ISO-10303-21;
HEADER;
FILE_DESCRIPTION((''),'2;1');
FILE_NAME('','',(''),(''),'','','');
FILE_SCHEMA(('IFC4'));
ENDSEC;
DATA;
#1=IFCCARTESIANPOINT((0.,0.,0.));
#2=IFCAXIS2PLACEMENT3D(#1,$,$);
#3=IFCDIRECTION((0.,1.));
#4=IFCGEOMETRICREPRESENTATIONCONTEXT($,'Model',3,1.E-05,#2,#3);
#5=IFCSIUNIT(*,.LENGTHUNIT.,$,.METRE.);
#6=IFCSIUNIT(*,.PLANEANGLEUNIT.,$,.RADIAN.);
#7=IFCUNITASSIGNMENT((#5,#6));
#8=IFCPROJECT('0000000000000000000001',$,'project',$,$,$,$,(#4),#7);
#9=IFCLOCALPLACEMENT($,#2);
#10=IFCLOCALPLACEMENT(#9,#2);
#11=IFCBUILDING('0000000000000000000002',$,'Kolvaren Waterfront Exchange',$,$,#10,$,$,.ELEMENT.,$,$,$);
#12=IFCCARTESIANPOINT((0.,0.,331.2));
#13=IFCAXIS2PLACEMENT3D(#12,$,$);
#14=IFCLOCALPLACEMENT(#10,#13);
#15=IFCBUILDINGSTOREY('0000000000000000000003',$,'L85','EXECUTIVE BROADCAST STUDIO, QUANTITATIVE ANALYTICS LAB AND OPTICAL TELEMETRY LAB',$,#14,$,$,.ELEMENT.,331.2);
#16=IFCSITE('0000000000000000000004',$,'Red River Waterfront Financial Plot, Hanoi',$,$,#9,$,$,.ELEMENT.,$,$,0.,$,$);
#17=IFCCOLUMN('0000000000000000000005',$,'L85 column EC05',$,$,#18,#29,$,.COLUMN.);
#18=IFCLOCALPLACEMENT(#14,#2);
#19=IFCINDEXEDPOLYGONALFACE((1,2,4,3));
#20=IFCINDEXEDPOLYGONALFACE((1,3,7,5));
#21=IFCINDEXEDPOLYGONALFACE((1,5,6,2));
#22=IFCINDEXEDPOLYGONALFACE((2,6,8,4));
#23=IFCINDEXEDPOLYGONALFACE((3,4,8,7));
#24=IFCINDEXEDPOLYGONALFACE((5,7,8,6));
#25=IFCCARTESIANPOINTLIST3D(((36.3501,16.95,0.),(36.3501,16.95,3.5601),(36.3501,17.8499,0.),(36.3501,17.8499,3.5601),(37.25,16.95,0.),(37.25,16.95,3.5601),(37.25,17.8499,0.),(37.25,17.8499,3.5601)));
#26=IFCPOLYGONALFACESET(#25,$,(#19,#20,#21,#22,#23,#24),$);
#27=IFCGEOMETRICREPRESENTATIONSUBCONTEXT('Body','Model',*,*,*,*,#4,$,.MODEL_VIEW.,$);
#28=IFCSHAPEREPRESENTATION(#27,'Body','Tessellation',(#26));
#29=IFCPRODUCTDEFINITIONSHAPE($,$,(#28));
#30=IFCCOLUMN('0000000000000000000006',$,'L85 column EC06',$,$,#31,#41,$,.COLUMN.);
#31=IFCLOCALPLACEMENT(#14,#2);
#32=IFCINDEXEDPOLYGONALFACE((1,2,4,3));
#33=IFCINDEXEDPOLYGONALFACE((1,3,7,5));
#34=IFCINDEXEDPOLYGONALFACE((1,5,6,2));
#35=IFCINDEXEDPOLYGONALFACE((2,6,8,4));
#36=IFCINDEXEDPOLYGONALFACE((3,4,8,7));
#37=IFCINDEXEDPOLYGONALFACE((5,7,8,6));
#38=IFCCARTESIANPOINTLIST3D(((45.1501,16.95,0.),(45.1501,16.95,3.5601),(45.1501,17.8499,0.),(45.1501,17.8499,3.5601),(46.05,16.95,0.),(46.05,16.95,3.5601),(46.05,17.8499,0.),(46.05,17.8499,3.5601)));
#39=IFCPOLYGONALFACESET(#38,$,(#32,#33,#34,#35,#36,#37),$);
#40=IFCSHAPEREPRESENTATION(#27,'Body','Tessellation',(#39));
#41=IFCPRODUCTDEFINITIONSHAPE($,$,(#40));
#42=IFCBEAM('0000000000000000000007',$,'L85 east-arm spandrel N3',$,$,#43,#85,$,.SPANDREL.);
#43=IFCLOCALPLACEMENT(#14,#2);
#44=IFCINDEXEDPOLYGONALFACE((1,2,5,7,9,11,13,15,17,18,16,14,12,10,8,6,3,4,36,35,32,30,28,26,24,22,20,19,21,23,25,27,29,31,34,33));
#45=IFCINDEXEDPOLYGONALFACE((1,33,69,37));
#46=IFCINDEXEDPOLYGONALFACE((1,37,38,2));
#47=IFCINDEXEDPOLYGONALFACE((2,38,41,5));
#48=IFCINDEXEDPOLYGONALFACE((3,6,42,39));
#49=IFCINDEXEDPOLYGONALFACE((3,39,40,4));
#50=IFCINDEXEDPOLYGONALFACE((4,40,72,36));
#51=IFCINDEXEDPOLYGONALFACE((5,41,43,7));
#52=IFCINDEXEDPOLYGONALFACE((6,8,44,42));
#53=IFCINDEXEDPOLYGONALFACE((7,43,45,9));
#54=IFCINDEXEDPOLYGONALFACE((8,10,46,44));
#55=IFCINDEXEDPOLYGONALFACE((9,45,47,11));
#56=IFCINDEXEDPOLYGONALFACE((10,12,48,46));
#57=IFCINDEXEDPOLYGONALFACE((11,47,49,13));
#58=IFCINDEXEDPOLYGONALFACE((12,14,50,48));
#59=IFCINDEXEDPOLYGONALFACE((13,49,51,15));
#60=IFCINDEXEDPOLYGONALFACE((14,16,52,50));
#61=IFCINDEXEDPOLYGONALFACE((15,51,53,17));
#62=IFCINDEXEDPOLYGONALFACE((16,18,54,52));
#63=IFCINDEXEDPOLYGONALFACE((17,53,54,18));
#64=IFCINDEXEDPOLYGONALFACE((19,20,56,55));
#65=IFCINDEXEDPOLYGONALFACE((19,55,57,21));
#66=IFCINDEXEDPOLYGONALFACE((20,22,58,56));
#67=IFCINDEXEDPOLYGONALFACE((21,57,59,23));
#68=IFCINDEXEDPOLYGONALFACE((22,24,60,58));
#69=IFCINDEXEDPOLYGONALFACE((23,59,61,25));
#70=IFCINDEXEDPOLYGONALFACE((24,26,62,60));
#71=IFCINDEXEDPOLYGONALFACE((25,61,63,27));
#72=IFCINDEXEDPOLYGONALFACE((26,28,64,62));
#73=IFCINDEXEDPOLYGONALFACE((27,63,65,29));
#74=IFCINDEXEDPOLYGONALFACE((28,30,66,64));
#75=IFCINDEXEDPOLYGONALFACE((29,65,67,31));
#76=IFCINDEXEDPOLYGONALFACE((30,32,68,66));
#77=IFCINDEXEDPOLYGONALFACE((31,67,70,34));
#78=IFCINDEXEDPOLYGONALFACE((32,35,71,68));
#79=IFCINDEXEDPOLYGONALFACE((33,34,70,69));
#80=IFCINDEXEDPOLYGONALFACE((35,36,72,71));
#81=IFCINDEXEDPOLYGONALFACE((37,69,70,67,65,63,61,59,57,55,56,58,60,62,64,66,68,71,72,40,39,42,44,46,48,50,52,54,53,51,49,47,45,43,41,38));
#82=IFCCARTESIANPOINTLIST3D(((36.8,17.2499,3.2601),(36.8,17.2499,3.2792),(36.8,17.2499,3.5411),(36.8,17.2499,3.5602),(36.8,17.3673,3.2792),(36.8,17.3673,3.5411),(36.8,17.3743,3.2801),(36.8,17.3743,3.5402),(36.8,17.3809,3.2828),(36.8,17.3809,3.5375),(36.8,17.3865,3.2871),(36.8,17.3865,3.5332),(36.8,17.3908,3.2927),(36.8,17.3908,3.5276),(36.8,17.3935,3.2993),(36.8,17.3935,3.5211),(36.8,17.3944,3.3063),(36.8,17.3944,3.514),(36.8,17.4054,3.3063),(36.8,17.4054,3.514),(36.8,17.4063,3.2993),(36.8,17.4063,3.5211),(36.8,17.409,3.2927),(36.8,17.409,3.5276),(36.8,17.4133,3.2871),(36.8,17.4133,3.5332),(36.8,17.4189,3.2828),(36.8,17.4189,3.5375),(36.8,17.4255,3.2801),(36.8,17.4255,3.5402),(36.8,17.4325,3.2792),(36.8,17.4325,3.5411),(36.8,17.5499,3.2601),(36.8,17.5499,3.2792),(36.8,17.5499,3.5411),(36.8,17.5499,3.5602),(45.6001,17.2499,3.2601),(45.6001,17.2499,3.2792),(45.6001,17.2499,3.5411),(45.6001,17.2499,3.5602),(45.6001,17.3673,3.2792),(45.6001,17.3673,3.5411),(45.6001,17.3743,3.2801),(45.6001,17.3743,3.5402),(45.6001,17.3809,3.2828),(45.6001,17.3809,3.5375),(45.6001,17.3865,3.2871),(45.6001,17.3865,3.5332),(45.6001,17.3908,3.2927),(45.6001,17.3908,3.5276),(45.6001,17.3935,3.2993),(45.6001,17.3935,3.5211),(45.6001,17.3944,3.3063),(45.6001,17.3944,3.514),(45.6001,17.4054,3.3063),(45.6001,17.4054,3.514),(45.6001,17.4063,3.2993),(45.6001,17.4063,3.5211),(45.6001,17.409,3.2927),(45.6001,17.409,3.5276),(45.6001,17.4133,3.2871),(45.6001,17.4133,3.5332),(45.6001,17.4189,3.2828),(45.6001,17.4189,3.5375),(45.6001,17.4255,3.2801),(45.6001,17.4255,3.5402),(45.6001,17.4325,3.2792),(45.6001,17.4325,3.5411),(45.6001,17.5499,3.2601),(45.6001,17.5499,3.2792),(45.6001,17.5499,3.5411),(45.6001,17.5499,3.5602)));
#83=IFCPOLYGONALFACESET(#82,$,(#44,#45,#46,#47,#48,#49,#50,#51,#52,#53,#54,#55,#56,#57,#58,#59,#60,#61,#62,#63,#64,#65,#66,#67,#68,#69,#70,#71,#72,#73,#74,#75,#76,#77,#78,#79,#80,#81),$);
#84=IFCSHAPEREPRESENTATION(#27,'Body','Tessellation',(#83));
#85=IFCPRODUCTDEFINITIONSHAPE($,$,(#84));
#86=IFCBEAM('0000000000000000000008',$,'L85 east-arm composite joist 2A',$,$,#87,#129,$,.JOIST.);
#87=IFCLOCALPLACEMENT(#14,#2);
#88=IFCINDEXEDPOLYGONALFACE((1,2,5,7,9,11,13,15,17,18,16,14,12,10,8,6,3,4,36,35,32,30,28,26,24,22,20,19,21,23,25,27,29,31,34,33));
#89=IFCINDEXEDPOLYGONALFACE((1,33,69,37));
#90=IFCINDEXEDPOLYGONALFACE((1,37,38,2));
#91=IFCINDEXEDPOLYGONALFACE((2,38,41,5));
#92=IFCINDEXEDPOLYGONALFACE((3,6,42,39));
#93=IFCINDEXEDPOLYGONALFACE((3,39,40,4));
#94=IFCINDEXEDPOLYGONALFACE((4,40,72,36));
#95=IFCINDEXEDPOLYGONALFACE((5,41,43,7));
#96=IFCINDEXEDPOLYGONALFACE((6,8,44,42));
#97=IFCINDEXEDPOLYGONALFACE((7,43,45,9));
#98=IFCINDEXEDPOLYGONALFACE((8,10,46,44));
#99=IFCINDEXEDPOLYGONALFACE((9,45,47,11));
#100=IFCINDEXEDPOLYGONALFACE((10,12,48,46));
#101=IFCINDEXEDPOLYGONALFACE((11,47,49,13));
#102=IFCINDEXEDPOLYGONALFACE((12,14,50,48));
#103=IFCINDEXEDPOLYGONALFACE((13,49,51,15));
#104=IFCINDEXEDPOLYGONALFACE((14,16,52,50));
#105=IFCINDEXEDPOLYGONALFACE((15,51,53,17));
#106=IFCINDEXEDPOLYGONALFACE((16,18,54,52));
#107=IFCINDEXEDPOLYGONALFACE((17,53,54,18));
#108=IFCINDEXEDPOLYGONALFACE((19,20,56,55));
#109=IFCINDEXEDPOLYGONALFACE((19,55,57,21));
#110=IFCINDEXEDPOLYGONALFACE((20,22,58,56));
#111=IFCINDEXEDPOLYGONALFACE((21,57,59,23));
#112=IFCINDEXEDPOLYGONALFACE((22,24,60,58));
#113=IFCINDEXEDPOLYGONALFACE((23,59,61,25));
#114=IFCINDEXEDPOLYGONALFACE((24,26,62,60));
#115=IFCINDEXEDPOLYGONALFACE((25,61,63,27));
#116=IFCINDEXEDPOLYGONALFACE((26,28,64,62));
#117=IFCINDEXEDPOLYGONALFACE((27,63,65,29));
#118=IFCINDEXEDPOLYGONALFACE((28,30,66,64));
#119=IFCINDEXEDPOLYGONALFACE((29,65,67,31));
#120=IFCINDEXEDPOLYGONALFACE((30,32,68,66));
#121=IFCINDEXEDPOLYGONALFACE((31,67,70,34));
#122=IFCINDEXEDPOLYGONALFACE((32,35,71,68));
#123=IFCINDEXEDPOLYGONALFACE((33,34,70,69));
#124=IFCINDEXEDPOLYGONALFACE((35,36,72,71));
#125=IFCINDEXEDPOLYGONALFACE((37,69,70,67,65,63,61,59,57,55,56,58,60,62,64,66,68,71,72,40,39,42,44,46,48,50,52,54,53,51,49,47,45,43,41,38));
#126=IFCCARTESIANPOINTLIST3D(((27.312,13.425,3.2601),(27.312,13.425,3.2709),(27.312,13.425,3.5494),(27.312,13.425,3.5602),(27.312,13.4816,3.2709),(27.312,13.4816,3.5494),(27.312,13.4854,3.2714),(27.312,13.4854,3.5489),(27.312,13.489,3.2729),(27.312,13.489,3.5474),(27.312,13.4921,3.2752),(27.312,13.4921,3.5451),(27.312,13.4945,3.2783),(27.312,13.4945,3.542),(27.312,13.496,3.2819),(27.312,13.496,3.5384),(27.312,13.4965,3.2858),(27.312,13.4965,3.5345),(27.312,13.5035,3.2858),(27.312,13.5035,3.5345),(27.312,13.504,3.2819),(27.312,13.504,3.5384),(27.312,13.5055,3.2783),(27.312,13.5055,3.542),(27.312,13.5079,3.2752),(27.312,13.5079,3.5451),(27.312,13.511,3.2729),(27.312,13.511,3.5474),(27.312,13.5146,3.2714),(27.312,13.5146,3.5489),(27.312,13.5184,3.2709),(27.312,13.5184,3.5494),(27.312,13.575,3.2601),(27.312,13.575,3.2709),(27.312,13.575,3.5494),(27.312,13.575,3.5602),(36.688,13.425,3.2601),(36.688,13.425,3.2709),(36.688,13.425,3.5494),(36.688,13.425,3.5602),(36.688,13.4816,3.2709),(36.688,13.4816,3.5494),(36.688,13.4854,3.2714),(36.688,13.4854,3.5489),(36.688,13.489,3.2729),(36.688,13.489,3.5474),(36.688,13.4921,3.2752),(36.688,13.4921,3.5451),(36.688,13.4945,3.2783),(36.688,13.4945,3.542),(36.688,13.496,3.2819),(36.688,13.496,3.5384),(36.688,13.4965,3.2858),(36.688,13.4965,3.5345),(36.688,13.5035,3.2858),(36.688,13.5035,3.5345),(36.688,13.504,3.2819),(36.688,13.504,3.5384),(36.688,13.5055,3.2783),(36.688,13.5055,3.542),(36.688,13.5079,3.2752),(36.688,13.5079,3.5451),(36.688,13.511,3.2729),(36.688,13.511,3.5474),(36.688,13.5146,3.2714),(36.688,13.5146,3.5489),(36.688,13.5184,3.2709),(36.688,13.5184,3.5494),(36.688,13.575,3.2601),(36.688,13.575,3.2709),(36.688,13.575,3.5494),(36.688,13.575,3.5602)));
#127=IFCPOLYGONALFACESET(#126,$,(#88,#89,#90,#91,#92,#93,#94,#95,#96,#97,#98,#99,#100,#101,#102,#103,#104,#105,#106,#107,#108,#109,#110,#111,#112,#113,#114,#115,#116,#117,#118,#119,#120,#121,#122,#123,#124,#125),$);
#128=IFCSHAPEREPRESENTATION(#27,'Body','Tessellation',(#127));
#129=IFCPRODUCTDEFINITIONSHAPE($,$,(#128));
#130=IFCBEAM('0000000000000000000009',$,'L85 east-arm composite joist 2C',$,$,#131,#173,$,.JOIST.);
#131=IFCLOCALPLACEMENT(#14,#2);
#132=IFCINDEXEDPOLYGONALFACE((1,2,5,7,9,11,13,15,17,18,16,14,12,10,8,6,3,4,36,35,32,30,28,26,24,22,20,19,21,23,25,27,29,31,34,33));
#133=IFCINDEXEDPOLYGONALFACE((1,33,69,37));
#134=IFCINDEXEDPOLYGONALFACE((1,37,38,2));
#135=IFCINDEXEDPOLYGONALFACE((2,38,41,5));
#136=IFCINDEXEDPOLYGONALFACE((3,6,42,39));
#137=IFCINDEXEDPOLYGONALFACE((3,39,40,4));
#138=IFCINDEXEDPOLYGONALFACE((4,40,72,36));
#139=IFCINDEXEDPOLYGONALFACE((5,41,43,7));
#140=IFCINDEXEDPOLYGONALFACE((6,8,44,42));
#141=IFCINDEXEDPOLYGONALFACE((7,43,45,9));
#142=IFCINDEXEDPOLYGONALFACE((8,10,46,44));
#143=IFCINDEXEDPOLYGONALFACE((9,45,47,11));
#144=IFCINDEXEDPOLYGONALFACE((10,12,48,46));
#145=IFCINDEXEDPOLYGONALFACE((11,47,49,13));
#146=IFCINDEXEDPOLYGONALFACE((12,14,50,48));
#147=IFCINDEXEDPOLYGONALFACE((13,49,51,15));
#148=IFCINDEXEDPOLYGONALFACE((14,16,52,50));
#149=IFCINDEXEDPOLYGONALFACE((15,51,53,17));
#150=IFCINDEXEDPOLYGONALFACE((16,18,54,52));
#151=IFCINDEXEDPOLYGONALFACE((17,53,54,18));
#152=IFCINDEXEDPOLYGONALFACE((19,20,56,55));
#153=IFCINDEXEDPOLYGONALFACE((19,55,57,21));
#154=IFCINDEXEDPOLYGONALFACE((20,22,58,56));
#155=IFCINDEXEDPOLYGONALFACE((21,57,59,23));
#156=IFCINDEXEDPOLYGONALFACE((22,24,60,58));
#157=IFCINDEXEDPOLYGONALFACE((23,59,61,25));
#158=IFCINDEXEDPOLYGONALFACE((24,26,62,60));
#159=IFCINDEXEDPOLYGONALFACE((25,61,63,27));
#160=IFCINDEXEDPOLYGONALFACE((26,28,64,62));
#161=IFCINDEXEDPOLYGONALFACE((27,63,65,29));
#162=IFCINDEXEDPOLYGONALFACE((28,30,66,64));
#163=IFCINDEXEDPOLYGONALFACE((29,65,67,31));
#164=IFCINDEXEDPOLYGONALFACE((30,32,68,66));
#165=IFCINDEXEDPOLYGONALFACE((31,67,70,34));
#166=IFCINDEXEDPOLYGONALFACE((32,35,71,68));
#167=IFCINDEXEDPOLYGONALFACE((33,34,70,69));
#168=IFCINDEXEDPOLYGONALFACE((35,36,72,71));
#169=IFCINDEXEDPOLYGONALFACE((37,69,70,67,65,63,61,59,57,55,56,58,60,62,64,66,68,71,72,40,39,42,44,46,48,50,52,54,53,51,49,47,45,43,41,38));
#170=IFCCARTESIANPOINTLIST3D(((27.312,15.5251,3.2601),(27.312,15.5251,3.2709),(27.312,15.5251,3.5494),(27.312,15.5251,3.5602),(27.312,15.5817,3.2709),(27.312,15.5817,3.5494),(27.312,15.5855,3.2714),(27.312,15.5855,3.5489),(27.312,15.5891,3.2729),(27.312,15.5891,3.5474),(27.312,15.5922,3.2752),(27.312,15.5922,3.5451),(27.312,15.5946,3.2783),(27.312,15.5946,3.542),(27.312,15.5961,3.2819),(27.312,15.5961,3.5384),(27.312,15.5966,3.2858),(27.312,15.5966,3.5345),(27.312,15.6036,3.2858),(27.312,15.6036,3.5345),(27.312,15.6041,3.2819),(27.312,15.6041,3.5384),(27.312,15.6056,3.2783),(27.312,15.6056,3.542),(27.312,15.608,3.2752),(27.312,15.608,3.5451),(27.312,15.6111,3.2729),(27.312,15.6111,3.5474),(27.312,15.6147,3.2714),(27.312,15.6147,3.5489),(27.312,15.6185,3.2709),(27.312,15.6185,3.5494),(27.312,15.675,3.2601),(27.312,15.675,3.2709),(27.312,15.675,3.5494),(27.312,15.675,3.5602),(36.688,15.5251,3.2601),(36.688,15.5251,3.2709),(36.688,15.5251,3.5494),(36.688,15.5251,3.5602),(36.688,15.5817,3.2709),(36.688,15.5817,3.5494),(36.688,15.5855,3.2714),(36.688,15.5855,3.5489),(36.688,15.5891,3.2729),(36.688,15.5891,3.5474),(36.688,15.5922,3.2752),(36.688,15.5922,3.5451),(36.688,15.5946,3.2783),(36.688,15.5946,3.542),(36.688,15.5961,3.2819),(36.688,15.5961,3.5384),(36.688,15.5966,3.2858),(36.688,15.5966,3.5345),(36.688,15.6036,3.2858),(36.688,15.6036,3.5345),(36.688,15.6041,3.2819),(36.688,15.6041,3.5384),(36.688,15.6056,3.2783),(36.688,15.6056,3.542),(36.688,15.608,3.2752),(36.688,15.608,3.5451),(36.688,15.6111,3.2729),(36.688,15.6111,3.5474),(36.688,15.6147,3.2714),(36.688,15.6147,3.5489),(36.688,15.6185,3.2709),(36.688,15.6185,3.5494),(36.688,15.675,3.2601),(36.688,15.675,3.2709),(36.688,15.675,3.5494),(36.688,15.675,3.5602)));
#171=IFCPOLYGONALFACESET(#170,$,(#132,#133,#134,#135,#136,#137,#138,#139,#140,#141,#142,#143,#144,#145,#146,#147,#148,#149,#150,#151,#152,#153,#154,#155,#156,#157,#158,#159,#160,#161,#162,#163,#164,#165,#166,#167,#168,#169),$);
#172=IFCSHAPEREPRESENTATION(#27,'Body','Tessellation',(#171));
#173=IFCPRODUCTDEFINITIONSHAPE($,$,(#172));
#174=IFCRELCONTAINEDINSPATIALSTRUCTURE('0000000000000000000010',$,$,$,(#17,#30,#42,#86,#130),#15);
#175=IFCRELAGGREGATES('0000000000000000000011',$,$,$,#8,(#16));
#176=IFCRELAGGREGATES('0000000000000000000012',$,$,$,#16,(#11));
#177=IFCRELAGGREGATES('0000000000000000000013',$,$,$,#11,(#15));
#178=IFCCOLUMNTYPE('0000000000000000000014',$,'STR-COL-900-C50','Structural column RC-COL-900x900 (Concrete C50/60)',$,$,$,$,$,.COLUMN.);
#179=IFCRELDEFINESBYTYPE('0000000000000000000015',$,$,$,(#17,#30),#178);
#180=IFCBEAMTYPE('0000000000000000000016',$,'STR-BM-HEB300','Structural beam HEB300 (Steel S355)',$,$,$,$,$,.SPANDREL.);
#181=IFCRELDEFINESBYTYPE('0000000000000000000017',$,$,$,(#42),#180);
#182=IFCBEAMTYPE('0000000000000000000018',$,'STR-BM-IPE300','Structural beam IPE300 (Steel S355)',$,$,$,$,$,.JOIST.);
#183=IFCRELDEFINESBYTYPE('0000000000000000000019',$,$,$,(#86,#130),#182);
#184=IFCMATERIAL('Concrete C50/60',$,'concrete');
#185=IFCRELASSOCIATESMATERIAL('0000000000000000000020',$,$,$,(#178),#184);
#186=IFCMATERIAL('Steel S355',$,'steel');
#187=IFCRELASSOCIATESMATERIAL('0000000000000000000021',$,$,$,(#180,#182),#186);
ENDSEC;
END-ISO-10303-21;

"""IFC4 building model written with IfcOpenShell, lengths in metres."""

from ifc_helpers import new_model, si_unit, direction, frame, origin, origin_2d, place, context, subcontext, project, spatial, rectangle, i_section, extrude, material, material_profile, profile_set, type_object, element, save


model = new_model("IFC4")

# Units and contexts
model_context = context("Model", 3, precision=1e-05, world=origin(), true_north=direction((0.0, 1.0)))
body_context = subcontext(model_context, "Body", "Model", "MODEL_VIEW")
ifc_project = project(units=[si_unit("LENGTHUNIT", "METRE"), si_unit("PLANEANGLEUNIT", "RADIAN")], contexts=[model_context])

# Site, building, storey
site_placement = place(None, origin())
site = spatial("IfcSite", under=ifc_project, at=site_placement, Name="Red River Waterfront Financial Plot, Hanoi", CompositionType="ELEMENT", RefElevation=0.0)
building_placement = place(site_placement, origin())
building = spatial("IfcBuilding", under=site, at=building_placement, Name="Kolvaren Waterfront Exchange", CompositionType="ELEMENT")
storey_placement = place(building_placement, frame((0.0, 0.0, 331.2)))
storey = spatial("IfcBuildingStorey", under=building, at=storey_placement, Name="L85", Description="EXECUTIVE BROADCAST STUDIO, QUANTITATIVE ANALYTICS LAB AND OPTICAL TELEMETRY LAB", CompositionType="ELEMENT", Elevation=331.2)

# Columns
ifc_material_1 = material(Name="Concrete C50/60", Category="concrete")
ifc_material_profile_1 = material_profile(ifc_material_1, rectangle(XDim=0.8999, YDim=0.8999, at=origin_2d()), Name="RC-COL-900x900")
ifc_profile_set_1 = profile_set([ifc_material_profile_1], Name="Concrete C50/60")
column_type = type_object("IfcColumnType", Name="STR-COL-900-C50", Description="Structural column RC-COL-900x900 (Concrete C50/60)", PredefinedType="COLUMN", material=ifc_profile_set_1)
for number, where, z_axis, x_axis, name in (
    (1, (36.8, 17.3999, 0.0), (0.0, 0.0, 1.0), (1.0, 0.0, 0.0), "L85 column EC05"),
    (2, (45.6001, 17.3999, 0.0), (0.0, 0.0, 1.0), (1.0, 0.0, 0.0), "L85 column EC06"),
):
    element("IfcColumn", number, at=place(storey_placement, frame(where, z_axis=z_axis, x_axis=x_axis)), inside=storey, type_object=column_type, Name=name, PredefinedType="COLUMN", context=body_context, shape_type="SweptSolid", body=[
        extrude(rectangle(XDim=0.8999, YDim=0.8999, at=origin_2d()), origin(), (0.0, 0.0, 1.0), 3.5601),
    ])

# Beams
ifc_material_2 = material(Name="Steel S355", Category="steel")
ifc_material_profile_2 = material_profile(ifc_material_2, i_section(OverallWidth=0.3, OverallDepth=0.3, WebThickness=0.011, FlangeThickness=0.019, FilletRadius=0.0271, at=origin_2d()), Name="HEB300")
ifc_profile_set_2 = profile_set([ifc_material_profile_2], Name="Steel S355")
beam_type_1 = type_object("IfcBeamType", Name="STR-BM-HEB300", Description="Structural beam HEB300 (Steel S355)", PredefinedType="SPANDREL", material=ifc_profile_set_2)
beam_placement = place(storey_placement, frame((36.8, 17.3999, 3.4102), z_axis=(1.0, 0.0, 0.0), x_axis=(0.0, 1.0, 0.0)))
element("IfcBeam", 3, at=beam_placement, inside=storey, type_object=beam_type_1, Name="L85 east-arm spandrel N3", PredefinedType="SPANDREL", context=body_context, shape_type="SweptSolid", body=[
    extrude(i_section(OverallWidth=0.3, OverallDepth=0.3, WebThickness=0.011, FlangeThickness=0.019, FilletRadius=0.0271, at=origin_2d()), origin(), (0.0, 0.0, 1.0), 8.8),
])
ifc_material_profile_3 = material_profile(ifc_material_2, i_section(OverallWidth=0.1499, OverallDepth=0.3, WebThickness=0.0071, FlangeThickness=0.0107, FilletRadius=0.0149, at=origin_2d()), Name="IPE300")
ifc_profile_set_3 = profile_set([ifc_material_profile_3], Name="Steel S355")
beam_type_2 = type_object("IfcBeamType", Name="STR-BM-IPE300", Description="Structural beam IPE300 (Steel S355)", PredefinedType="JOIST", material=ifc_profile_set_3)
for number, where, z_axis, x_axis, name in (
    (4, (27.312, 13.5, 3.4102), (1.0, 0.0, 0.0), (0.0, 1.0, 0.0), "L85 east-arm composite joist 2A"),
    (5, (27.312, 15.6001, 3.4102), (1.0, 0.0, 0.0), (0.0, 1.0, 0.0), "L85 east-arm composite joist 2C"),
):
    element("IfcBeam", number, at=place(storey_placement, frame(where, z_axis=z_axis, x_axis=x_axis)), inside=storey, type_object=beam_type_2, Name=name, PredefinedType="JOIST", context=body_context, shape_type="SweptSolid", body=[
        extrude(i_section(OverallWidth=0.1499, OverallDepth=0.3, WebThickness=0.0071, FlangeThickness=0.0107, FilletRadius=0.0149, at=origin_2d()), origin(), (0.0, 0.0, 1.0), 9.376),
    ])

save(model, "model.ifc")
